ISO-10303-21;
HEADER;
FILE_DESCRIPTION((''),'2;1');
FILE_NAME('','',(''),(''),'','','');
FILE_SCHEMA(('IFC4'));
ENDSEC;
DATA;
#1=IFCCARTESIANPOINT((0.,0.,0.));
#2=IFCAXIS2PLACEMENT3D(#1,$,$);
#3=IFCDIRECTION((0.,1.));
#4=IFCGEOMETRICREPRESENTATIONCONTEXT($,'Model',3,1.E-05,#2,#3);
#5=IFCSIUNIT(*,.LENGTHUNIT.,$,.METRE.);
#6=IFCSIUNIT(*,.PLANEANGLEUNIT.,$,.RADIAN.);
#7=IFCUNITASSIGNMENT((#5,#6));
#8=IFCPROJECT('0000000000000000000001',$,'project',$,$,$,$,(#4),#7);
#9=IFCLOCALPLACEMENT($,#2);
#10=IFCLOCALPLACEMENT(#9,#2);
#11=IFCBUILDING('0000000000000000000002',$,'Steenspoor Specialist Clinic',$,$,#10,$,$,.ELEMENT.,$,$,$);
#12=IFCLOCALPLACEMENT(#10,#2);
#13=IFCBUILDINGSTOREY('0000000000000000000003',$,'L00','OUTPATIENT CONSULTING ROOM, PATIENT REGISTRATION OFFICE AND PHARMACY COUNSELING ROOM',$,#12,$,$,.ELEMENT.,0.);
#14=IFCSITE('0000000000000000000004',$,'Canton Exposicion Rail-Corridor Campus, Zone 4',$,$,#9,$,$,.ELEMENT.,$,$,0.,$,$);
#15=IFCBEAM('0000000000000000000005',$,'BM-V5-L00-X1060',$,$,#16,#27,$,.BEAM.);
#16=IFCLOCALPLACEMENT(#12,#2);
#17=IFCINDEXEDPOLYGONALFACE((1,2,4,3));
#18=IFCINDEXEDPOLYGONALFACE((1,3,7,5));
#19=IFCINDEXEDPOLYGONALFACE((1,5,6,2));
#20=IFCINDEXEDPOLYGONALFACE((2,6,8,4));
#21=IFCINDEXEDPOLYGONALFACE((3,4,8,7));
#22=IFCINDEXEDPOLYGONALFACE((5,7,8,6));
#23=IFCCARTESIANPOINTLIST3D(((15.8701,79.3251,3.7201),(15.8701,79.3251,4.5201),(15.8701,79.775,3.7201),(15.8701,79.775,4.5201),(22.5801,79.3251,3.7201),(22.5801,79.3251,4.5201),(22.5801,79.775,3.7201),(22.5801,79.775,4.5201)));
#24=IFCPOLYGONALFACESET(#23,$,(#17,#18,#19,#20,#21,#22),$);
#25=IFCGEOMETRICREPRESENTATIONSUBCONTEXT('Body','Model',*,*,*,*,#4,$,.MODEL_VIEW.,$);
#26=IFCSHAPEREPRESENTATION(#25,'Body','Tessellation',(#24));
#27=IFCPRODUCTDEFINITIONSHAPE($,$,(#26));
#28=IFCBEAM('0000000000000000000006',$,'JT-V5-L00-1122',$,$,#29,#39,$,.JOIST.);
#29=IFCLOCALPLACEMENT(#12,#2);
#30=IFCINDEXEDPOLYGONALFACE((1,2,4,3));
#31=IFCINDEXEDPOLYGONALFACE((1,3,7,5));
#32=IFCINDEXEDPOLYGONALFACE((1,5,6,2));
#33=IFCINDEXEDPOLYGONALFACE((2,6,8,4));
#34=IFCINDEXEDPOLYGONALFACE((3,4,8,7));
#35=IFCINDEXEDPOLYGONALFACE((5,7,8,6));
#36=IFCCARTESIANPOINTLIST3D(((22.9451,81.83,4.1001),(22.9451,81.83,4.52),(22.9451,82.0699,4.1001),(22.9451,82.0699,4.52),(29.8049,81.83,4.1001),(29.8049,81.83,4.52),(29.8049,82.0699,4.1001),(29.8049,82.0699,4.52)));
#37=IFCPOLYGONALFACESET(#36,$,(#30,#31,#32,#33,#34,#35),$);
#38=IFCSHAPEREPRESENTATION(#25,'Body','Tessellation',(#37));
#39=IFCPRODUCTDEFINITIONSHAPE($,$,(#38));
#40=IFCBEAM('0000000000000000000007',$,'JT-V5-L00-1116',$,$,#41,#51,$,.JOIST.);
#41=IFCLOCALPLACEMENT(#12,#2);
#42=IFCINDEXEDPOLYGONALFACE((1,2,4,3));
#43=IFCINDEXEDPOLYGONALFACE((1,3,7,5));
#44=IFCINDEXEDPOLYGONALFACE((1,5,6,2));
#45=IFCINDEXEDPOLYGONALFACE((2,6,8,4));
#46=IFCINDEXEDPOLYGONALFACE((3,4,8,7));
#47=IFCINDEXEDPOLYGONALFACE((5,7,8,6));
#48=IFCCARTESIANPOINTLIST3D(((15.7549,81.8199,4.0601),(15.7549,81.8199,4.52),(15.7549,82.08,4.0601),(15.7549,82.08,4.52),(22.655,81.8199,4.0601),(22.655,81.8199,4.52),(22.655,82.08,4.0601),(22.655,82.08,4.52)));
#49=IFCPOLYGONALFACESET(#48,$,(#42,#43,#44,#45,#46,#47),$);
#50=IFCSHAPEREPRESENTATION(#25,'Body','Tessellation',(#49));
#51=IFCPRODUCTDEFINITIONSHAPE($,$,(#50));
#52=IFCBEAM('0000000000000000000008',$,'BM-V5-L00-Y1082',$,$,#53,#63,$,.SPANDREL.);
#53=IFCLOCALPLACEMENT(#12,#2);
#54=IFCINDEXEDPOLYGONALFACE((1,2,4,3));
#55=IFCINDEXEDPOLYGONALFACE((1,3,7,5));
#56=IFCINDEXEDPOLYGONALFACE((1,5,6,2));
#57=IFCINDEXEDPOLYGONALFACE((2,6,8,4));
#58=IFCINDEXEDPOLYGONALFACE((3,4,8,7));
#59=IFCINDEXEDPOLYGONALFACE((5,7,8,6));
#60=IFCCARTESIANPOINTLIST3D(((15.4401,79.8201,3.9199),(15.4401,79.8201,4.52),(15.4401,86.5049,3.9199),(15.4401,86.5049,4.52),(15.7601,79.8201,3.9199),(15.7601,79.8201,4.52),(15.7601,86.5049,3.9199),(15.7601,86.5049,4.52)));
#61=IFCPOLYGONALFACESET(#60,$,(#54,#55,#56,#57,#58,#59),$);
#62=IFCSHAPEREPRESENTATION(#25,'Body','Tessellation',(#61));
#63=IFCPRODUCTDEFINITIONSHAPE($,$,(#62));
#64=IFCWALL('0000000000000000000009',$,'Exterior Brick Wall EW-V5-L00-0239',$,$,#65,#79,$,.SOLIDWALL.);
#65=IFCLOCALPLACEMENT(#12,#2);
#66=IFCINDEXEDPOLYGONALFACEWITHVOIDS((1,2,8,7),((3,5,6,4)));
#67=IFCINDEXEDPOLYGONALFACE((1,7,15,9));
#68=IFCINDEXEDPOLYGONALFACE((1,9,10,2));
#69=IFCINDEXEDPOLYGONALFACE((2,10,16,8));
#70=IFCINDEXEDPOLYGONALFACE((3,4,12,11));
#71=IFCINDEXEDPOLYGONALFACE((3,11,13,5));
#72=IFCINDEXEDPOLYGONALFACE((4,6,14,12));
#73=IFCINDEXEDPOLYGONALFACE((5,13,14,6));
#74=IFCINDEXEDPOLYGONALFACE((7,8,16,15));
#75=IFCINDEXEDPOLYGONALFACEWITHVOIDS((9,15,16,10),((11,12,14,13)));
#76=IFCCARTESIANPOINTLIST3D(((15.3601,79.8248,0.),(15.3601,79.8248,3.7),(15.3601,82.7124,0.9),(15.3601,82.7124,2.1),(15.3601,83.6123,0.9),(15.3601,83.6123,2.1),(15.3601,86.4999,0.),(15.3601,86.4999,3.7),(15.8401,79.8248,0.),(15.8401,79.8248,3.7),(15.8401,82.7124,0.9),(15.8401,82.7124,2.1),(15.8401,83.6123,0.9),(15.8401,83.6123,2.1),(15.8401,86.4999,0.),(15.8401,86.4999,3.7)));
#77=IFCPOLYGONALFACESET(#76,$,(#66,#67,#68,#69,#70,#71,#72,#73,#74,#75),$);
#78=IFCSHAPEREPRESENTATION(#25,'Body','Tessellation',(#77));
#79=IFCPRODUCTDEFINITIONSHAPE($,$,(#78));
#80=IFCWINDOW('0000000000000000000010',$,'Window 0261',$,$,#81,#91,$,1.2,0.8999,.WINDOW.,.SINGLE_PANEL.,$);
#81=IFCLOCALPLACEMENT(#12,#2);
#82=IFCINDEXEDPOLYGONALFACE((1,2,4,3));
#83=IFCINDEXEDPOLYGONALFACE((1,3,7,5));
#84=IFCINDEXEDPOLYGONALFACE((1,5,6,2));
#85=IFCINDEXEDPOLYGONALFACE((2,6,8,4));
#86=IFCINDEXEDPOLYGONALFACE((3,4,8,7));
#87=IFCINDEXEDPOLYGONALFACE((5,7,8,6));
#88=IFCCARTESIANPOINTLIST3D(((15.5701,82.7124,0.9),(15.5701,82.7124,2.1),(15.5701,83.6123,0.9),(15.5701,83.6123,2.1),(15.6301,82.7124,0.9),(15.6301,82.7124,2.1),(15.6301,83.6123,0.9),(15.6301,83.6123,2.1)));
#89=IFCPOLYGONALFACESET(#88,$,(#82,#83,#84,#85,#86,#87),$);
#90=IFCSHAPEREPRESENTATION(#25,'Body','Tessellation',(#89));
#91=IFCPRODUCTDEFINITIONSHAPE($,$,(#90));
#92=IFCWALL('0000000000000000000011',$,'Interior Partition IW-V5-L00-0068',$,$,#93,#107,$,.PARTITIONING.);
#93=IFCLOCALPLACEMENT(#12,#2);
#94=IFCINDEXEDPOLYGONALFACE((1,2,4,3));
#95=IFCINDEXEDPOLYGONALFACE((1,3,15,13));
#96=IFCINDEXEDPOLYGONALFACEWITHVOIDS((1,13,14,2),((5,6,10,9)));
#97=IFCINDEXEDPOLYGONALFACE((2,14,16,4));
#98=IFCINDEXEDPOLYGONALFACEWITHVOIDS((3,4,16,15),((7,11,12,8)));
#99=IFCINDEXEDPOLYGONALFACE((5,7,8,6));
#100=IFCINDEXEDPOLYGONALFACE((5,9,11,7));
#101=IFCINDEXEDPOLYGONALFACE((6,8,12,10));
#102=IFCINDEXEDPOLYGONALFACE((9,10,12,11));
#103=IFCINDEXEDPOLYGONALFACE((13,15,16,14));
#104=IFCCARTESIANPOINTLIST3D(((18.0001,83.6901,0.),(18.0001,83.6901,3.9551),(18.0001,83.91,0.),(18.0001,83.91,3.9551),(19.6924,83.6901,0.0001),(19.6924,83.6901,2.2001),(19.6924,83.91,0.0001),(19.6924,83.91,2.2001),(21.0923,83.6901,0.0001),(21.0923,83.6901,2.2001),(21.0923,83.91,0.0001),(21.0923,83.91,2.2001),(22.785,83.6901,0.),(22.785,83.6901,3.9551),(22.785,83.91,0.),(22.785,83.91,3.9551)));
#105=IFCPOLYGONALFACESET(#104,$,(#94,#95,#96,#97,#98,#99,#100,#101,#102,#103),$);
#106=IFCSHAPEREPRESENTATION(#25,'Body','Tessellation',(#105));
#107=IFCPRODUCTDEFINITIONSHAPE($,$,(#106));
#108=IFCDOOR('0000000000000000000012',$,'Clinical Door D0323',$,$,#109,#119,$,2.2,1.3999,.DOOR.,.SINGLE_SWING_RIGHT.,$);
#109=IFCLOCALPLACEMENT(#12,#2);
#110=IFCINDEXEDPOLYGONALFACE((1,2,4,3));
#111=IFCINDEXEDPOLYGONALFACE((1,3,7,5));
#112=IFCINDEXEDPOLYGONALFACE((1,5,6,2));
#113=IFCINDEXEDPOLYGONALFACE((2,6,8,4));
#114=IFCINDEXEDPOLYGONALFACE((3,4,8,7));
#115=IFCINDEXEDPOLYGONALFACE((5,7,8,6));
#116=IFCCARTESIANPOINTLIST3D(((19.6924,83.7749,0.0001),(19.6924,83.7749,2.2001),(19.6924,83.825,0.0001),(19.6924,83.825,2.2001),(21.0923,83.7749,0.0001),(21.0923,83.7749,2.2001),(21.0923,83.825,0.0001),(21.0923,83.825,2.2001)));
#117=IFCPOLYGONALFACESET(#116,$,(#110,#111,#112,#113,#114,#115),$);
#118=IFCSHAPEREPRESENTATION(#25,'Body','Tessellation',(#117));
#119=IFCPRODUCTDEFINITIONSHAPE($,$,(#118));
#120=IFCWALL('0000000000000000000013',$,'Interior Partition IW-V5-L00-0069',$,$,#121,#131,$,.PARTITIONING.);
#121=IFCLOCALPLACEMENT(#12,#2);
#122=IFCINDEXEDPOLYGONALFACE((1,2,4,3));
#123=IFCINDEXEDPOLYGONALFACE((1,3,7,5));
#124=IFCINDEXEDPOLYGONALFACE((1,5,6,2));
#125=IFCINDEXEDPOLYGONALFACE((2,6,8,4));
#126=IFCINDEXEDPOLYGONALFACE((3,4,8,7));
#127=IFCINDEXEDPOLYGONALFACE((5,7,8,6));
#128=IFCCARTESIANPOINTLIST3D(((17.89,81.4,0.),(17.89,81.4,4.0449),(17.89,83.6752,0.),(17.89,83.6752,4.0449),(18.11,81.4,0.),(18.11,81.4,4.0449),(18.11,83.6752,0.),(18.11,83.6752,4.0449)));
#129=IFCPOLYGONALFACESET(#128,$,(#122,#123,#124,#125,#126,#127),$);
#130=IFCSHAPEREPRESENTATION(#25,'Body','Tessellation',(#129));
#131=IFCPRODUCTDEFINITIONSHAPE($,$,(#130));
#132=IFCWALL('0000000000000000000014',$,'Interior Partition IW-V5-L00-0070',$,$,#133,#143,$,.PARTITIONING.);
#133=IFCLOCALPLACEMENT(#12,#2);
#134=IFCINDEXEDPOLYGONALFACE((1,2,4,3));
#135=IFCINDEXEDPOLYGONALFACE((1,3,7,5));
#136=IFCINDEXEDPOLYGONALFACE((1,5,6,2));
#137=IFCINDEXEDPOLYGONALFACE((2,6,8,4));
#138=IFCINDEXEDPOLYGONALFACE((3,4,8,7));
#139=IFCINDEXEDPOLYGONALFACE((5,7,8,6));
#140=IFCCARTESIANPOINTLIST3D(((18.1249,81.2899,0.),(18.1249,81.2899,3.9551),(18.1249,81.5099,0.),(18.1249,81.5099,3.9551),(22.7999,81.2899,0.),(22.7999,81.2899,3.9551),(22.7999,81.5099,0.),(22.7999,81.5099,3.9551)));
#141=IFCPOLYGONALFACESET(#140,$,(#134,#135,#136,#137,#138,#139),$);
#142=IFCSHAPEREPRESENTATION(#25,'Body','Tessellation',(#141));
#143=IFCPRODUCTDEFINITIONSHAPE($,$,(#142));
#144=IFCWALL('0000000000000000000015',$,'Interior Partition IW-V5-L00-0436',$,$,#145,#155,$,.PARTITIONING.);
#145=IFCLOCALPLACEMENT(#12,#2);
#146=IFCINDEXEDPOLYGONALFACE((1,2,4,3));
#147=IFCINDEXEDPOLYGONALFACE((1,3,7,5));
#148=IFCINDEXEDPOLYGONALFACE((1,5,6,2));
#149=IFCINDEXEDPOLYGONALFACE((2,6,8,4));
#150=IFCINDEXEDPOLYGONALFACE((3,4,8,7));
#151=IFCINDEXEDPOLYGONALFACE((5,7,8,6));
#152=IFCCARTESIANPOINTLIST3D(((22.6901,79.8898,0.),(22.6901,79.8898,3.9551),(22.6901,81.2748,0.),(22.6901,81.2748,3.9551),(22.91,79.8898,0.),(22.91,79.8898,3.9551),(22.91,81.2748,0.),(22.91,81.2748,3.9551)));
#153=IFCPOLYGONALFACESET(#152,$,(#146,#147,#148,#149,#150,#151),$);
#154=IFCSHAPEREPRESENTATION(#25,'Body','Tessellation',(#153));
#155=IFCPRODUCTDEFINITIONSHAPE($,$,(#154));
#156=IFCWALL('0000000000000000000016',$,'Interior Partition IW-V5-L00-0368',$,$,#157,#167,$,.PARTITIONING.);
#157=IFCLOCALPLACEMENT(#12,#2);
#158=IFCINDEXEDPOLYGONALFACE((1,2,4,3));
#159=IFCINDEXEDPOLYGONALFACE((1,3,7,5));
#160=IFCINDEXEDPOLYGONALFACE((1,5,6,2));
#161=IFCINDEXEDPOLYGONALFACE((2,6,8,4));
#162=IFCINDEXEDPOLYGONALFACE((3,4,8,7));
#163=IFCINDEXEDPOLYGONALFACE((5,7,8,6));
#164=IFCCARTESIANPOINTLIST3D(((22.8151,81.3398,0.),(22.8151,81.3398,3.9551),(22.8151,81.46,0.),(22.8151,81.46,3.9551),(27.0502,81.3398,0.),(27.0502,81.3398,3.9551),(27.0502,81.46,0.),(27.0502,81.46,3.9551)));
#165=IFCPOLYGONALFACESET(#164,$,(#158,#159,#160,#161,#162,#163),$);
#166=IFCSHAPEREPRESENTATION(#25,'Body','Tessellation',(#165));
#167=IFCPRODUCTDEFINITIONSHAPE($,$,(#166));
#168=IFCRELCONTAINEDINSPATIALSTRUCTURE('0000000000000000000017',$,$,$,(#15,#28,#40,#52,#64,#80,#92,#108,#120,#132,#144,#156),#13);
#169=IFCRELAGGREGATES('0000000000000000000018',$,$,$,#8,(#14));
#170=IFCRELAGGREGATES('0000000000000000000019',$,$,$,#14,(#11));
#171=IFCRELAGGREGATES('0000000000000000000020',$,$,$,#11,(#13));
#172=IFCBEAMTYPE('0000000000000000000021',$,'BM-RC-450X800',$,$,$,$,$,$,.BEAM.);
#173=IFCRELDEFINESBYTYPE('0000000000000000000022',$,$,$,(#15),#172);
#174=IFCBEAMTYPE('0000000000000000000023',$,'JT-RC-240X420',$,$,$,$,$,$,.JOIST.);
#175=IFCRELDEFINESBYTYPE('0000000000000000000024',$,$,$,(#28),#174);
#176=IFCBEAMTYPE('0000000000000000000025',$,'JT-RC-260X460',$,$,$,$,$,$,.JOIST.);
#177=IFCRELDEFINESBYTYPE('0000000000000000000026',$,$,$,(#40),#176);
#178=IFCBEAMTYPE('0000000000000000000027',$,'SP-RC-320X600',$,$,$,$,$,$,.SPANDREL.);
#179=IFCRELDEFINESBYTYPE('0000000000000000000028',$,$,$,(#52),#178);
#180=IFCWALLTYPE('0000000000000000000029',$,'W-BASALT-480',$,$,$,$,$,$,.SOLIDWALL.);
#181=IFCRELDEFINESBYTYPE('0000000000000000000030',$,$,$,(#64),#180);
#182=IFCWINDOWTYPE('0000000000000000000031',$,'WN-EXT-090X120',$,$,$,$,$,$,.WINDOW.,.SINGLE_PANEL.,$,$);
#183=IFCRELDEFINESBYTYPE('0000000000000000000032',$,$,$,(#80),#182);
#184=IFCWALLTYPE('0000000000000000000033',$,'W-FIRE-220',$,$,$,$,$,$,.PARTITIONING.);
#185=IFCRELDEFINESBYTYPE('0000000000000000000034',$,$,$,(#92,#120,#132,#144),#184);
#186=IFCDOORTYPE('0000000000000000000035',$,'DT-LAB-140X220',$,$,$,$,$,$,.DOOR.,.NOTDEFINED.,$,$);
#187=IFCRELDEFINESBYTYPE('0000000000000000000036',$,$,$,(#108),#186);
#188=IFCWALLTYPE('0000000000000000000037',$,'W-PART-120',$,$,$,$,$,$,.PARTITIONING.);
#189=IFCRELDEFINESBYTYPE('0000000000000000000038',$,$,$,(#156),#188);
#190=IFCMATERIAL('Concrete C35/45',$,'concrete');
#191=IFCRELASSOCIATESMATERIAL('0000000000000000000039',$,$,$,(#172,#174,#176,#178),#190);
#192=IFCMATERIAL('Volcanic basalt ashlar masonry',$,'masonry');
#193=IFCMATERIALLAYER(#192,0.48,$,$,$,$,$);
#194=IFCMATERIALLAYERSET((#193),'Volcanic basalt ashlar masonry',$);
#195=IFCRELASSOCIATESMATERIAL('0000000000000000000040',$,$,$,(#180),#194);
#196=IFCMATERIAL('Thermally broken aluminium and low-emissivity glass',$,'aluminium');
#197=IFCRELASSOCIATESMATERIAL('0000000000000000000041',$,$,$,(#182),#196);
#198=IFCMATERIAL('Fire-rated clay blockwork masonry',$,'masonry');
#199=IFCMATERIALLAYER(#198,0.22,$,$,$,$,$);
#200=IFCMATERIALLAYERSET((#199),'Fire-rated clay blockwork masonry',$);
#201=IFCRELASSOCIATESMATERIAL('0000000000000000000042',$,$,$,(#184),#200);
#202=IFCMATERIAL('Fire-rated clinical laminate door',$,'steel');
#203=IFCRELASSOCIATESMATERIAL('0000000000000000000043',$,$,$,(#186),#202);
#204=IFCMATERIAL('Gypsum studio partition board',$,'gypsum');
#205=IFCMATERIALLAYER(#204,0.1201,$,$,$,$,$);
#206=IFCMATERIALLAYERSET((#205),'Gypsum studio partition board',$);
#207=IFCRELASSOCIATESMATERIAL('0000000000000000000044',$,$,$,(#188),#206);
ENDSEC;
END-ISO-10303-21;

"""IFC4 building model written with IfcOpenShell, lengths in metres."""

from ifc_helpers import new_model, si_unit, direction, frame, frame_2d, origin, origin_2d, place, context, subcontext, project, spatial, rectangle, extrude, material, layer, layer_set, material_profile, profile_set, type_object, element, fill, save


model = new_model("IFC4")

# Units and contexts
model_context = context("Model", 3, precision=1e-05, world=origin(), true_north=direction((0.0, 1.0)))
body_context = subcontext(model_context, "Body", "Model", "MODEL_VIEW")
ifc_project = project(units=[si_unit("LENGTHUNIT", "METRE"), si_unit("PLANEANGLEUNIT", "RADIAN")], contexts=[model_context])

# Site, building, storey
site_placement = place(None, origin())
site = spatial("IfcSite", under=ifc_project, at=site_placement, Name="Canton Exposicion Rail-Corridor Campus, Zone 4", CompositionType="ELEMENT", RefElevation=0.0)
building_placement = place(site_placement, origin())
building = spatial("IfcBuilding", under=site, at=building_placement, Name="Steenspoor Specialist Clinic", CompositionType="ELEMENT")
storey_placement = place(building_placement, origin())
storey = spatial("IfcBuildingStorey", under=building, at=storey_placement, Name="L00", Description="OUTPATIENT CONSULTING ROOM, PATIENT REGISTRATION OFFICE AND PHARMACY COUNSELING ROOM", CompositionType="ELEMENT", Elevation=0.0)

# Shared definitions
ifc_material_1 = material(Name="Concrete C35/45", Category="concrete")

# Beams
ifc_material_profile_1 = material_profile(ifc_material_1, rectangle(XDim=0.45, YDim=0.8, at=origin_2d()), Name="RC-BM-450X800")
ifc_profile_set_1 = profile_set([ifc_material_profile_1], Name="Concrete C35/45")
beam_type_1 = type_object("IfcBeamType", Name="BM-RC-450X800", PredefinedType="BEAM", material=ifc_profile_set_1)
beam_1_placement = place(storey_placement, frame((15.8701, 79.55, 4.1201), z_axis=(1.0, 0.0, 0.0), x_axis=(0.0, 1.0, 0.0)))
element("IfcBeam", 1, at=beam_1_placement, inside=storey, type_object=beam_type_1, Name="BM-V5-L00-X1060", PredefinedType="BEAM", context=body_context, shape_type="SweptSolid", body=[
    extrude(rectangle(XDim=0.45, YDim=0.8, at=origin_2d()), origin(), (0.0, 0.0, 1.0), 6.71),
])
ifc_material_profile_2 = material_profile(ifc_material_1, rectangle(XDim=0.24, YDim=0.4199, at=origin_2d()), Name="RC-JT-240X420")
ifc_profile_set_2 = profile_set([ifc_material_profile_2], Name="Concrete C35/45")
beam_type_2 = type_object("IfcBeamType", Name="JT-RC-240X420", PredefinedType="JOIST", material=ifc_profile_set_2)
beam_2_placement = place(storey_placement, frame((22.9451, 81.95, 4.3101), z_axis=(1.0, 0.0, 0.0), x_axis=(0.0, 1.0, 0.0)))
element("IfcBeam", 2, at=beam_2_placement, inside=storey, type_object=beam_type_2, Name="JT-V5-L00-1122", PredefinedType="JOIST", context=body_context, shape_type="SweptSolid", body=[
    extrude(rectangle(XDim=0.24, YDim=0.4199, at=origin_2d()), origin(), (0.0, 0.0, 1.0), 6.8599),
])
ifc_material_profile_3 = material_profile(ifc_material_1, rectangle(XDim=0.26, YDim=0.46, at=origin_2d()), Name="RC-JT-260X460")
ifc_profile_set_3 = profile_set([ifc_material_profile_3], Name="Concrete C35/45")
beam_type_3 = type_object("IfcBeamType", Name="JT-RC-260X460", PredefinedType="JOIST", material=ifc_profile_set_3)
beam_3_placement = place(storey_placement, frame((15.7549, 81.95, 4.29), z_axis=(1.0, 0.0, 0.0), x_axis=(0.0, 1.0, 0.0)))
element("IfcBeam", 3, at=beam_3_placement, inside=storey, type_object=beam_type_3, Name="JT-V5-L00-1116", PredefinedType="JOIST", context=body_context, shape_type="SweptSolid", body=[
    extrude(rectangle(XDim=0.26, YDim=0.46, at=origin_2d()), origin(), (0.0, 0.0, 1.0), 6.9001),
])
ifc_material_profile_4 = material_profile(ifc_material_1, rectangle(XDim=0.3201, YDim=0.6001, at=origin_2d()), Name="RC-SP-320X600")
ifc_profile_set_4 = profile_set([ifc_material_profile_4], Name="Concrete C35/45")
beam_type_4 = type_object("IfcBeamType", Name="SP-RC-320X600", PredefinedType="SPANDREL", material=ifc_profile_set_4)
beam_4_placement = place(storey_placement, frame((15.6001, 79.8201, 4.22), z_axis=(0.0, 1.0, 0.0), x_axis=(-1.0, 0.0, 0.0)))
element("IfcBeam", 4, at=beam_4_placement, inside=storey, type_object=beam_type_4, Name="BM-V5-L00-Y1082", PredefinedType="SPANDREL", context=body_context, shape_type="SweptSolid", body=[
    extrude(rectangle(XDim=0.3201, YDim=0.6001, at=origin_2d()), origin(), (0.0, 0.0, 1.0), 6.6848),
])

# Wall, opening, window
ifc_material_2 = material(Name="Volcanic basalt ashlar masonry", Category="masonry")
ifc_layer_1 = layer(ifc_material_2, 0.48)
ifc_layer_set_1 = layer_set([ifc_layer_1], Name="Volcanic basalt ashlar masonry")
wall_type_1 = type_object("IfcWallType", Name="W-BASALT-480", PredefinedType="SOLIDWALL", material=ifc_layer_set_1)
wall_1_placement = place(storey_placement, frame((15.6001, 79.825, 0.0), z_axis=(0.0, 0.0, 1.0), x_axis=(0.0, 1.0, 0.0)))
wall_1 = element("IfcWall", 5, at=wall_1_placement, inside=storey, type_object=wall_type_1, Name="Exterior Brick Wall EW-V5-L00-0239", PredefinedType="SOLIDWALL", context=body_context, shape_type="SweptSolid", body=[
    extrude(rectangle(XDim=6.675, YDim=0.48, at=frame_2d((3.3374, 0.0))), origin(), (0.0, 0.0, 1.0), 3.7),
])
opening_1_placement = place(wall_1_placement, frame((2.8875, 0.0, 0.8999)))
opening_1 = element("IfcOpeningElement", 6, at=opening_1_placement, cuts=wall_1, PredefinedType="OPENING", context=body_context, shape_type="SweptSolid", body=[
    extrude(rectangle(XDim=0.8999, YDim=1.2, at=frame_2d((0.45, 0.6001))), frame((0.0, 0.25, 0.0), z_axis=(0.0, -1.0, 0.0), x_axis=(1.0, 0.0, 0.0)), (0.0, 0.0, 1.0), 0.5),
])
ifc_material_3 = material(Name="Thermally broken aluminium and low-emissivity glass", Category="aluminium")
window_type = type_object("IfcWindowType", Name="WN-EXT-090X120", PartitioningType="SINGLE_PANEL", PredefinedType="WINDOW", material=ifc_material_3)
window_placement = place(opening_1_placement, origin())
window = element("IfcWindow", 7, at=window_placement, inside=storey, type_object=window_type, Name="Window 0261", OverallHeight=1.2, OverallWidth=0.8999, PartitioningType="SINGLE_PANEL", PredefinedType="WINDOW", context=body_context, shape_type="SweptSolid", body=[
    extrude(rectangle(XDim=0.8999, YDim=1.2, at=frame_2d((0.45, 0.6001))), frame((0.0, 0.03, 0.0), z_axis=(0.0, -1.0, 0.0), x_axis=(1.0, 0.0, 0.0)), (0.0, 0.0, 1.0), 0.0601),
])
fill(opening_1, window)

# Wall, opening, door
ifc_material_4 = material(Name="Fire-rated clay blockwork masonry", Category="masonry")
ifc_layer_2 = layer(ifc_material_4, 0.22)
ifc_layer_set_2 = layer_set([ifc_layer_2], Name="Fire-rated clay blockwork masonry")
wall_type_2 = type_object("IfcWallType", Name="W-FIRE-220", PredefinedType="PARTITIONING", material=ifc_layer_set_2)
wall_2_placement = place(storey_placement, frame((18.0, 83.8, 0.0), z_axis=(0.0, 0.0, 1.0), x_axis=(1.0, 0.0, 0.0)))
wall_2 = element("IfcWall", 8, at=wall_2_placement, inside=storey, type_object=wall_type_2, Name="Interior Partition IW-V5-L00-0068", PredefinedType="PARTITIONING", context=body_context, shape_type="SweptSolid", body=[
    extrude(rectangle(XDim=4.7849, YDim=0.22, at=frame_2d((2.3926, 0.0))), origin(), (0.0, 0.0, 1.0), 3.9551),
])
opening_2_placement = place(wall_2_placement, frame((1.6924, 0.0, 0.0)))
opening_2 = element("IfcOpeningElement", 9, at=opening_2_placement, cuts=wall_2, PredefinedType="OPENING", context=body_context, shape_type="SweptSolid", body=[
    extrude(rectangle(XDim=1.3999, YDim=2.2, at=frame_2d((0.7, 1.1001))), frame((0.0, 0.1201, 0.0), z_axis=(0.0, -1.0, 0.0), x_axis=(1.0, 0.0, 0.0)), (0.0, 0.0, 1.0), 0.24),
])
ifc_material_5 = material(Name="Fire-rated clinical laminate door", Category="steel")
door_type_1 = type_object("IfcDoorType", Name="DT-LAB-140X220", OperationType="NOTDEFINED", PredefinedType="DOOR", material=ifc_material_5)
door_1_placement = place(opening_2_placement, origin())
door_1 = element("IfcDoor", 10, at=door_1_placement, inside=storey, type_object=door_type_1, Name="Clinical Door D0323", OperationType="SINGLE_SWING_RIGHT", OverallHeight=2.2, OverallWidth=1.3999, PredefinedType="DOOR", context=body_context, shape_type="SweptSolid", body=[
    extrude(rectangle(XDim=1.3999, YDim=2.2, at=frame_2d((0.7, 1.1001))), frame((0.0, 0.0249, 0.0), z_axis=(0.0, -1.0, 0.0), x_axis=(1.0, 0.0, 0.0)), (0.0, 0.0, 1.0), 0.05),
])
fill(opening_2, door_1)

# Walls
wall_3_placement = place(storey_placement, frame((18.0, 81.3999, 0.0), z_axis=(0.0, 0.0, 1.0), x_axis=(0.0, 1.0, 0.0)))
element("IfcWall", 11, at=wall_3_placement, inside=storey, type_object=wall_type_2, Name="Interior Partition IW-V5-L00-0069", PredefinedType="PARTITIONING", context=body_context, shape_type="SweptSolid", body=[
    extrude(rectangle(XDim=2.2751, YDim=0.22, at=frame_2d((1.1377, 0.0))), origin(), (0.0, 0.0, 1.0), 4.0449),
])
wall_4_placement = place(storey_placement, frame((18.125, 81.3999, 0.0), z_axis=(0.0, 0.0, 1.0), x_axis=(1.0, 0.0, 0.0)))
element("IfcWall", 12, at=wall_4_placement, inside=storey, type_object=wall_type_2, Name="Interior Partition IW-V5-L00-0070", PredefinedType="PARTITIONING", context=body_context, shape_type="SweptSolid", body=[
    extrude(rectangle(XDim=4.675, YDim=0.22, at=frame_2d((2.3374, 0.0))), origin(), (0.0, 0.0, 1.0), 3.9551),
])
wall_5_placement = place(storey_placement, frame((22.8, 79.8899, 0.0), z_axis=(0.0, 0.0, 1.0), x_axis=(0.0, 1.0, 0.0)))
element("IfcWall", 13, at=wall_5_placement, inside=storey, type_object=wall_type_2, Name="Interior Partition IW-V5-L00-0436", PredefinedType="PARTITIONING", context=body_context, shape_type="SweptSolid", body=[
    extrude(rectangle(XDim=1.385, YDim=0.22, at=frame_2d((0.6924, 0.0))), origin(), (0.0, 0.0, 1.0), 3.9551),
])
ifc_material_6 = material(Name="Gypsum studio partition board", Category="gypsum")
ifc_layer_3 = layer(ifc_material_6, 0.1201)
ifc_layer_set_3 = layer_set([ifc_layer_3], Name="Gypsum studio partition board")
wall_type_3 = type_object("IfcWallType", Name="W-PART-120", PredefinedType="PARTITIONING", material=ifc_layer_set_3)
wall_6_placement = place(storey_placement, frame((22.8149, 81.3999, 0.0), z_axis=(0.0, 0.0, 1.0), x_axis=(1.0, 0.0, 0.0)))
element("IfcWall", 14, at=wall_6_placement, inside=storey, type_object=wall_type_3, Name="Interior Partition IW-V5-L00-0368", PredefinedType="PARTITIONING", context=body_context, shape_type="SweptSolid", body=[
    extrude(rectangle(XDim=4.2351, YDim=0.1201, at=frame_2d((2.1177, 0.0))), origin(), (0.0, 0.0, 1.0), 3.9551),
])

save(model, "model.ifc")
